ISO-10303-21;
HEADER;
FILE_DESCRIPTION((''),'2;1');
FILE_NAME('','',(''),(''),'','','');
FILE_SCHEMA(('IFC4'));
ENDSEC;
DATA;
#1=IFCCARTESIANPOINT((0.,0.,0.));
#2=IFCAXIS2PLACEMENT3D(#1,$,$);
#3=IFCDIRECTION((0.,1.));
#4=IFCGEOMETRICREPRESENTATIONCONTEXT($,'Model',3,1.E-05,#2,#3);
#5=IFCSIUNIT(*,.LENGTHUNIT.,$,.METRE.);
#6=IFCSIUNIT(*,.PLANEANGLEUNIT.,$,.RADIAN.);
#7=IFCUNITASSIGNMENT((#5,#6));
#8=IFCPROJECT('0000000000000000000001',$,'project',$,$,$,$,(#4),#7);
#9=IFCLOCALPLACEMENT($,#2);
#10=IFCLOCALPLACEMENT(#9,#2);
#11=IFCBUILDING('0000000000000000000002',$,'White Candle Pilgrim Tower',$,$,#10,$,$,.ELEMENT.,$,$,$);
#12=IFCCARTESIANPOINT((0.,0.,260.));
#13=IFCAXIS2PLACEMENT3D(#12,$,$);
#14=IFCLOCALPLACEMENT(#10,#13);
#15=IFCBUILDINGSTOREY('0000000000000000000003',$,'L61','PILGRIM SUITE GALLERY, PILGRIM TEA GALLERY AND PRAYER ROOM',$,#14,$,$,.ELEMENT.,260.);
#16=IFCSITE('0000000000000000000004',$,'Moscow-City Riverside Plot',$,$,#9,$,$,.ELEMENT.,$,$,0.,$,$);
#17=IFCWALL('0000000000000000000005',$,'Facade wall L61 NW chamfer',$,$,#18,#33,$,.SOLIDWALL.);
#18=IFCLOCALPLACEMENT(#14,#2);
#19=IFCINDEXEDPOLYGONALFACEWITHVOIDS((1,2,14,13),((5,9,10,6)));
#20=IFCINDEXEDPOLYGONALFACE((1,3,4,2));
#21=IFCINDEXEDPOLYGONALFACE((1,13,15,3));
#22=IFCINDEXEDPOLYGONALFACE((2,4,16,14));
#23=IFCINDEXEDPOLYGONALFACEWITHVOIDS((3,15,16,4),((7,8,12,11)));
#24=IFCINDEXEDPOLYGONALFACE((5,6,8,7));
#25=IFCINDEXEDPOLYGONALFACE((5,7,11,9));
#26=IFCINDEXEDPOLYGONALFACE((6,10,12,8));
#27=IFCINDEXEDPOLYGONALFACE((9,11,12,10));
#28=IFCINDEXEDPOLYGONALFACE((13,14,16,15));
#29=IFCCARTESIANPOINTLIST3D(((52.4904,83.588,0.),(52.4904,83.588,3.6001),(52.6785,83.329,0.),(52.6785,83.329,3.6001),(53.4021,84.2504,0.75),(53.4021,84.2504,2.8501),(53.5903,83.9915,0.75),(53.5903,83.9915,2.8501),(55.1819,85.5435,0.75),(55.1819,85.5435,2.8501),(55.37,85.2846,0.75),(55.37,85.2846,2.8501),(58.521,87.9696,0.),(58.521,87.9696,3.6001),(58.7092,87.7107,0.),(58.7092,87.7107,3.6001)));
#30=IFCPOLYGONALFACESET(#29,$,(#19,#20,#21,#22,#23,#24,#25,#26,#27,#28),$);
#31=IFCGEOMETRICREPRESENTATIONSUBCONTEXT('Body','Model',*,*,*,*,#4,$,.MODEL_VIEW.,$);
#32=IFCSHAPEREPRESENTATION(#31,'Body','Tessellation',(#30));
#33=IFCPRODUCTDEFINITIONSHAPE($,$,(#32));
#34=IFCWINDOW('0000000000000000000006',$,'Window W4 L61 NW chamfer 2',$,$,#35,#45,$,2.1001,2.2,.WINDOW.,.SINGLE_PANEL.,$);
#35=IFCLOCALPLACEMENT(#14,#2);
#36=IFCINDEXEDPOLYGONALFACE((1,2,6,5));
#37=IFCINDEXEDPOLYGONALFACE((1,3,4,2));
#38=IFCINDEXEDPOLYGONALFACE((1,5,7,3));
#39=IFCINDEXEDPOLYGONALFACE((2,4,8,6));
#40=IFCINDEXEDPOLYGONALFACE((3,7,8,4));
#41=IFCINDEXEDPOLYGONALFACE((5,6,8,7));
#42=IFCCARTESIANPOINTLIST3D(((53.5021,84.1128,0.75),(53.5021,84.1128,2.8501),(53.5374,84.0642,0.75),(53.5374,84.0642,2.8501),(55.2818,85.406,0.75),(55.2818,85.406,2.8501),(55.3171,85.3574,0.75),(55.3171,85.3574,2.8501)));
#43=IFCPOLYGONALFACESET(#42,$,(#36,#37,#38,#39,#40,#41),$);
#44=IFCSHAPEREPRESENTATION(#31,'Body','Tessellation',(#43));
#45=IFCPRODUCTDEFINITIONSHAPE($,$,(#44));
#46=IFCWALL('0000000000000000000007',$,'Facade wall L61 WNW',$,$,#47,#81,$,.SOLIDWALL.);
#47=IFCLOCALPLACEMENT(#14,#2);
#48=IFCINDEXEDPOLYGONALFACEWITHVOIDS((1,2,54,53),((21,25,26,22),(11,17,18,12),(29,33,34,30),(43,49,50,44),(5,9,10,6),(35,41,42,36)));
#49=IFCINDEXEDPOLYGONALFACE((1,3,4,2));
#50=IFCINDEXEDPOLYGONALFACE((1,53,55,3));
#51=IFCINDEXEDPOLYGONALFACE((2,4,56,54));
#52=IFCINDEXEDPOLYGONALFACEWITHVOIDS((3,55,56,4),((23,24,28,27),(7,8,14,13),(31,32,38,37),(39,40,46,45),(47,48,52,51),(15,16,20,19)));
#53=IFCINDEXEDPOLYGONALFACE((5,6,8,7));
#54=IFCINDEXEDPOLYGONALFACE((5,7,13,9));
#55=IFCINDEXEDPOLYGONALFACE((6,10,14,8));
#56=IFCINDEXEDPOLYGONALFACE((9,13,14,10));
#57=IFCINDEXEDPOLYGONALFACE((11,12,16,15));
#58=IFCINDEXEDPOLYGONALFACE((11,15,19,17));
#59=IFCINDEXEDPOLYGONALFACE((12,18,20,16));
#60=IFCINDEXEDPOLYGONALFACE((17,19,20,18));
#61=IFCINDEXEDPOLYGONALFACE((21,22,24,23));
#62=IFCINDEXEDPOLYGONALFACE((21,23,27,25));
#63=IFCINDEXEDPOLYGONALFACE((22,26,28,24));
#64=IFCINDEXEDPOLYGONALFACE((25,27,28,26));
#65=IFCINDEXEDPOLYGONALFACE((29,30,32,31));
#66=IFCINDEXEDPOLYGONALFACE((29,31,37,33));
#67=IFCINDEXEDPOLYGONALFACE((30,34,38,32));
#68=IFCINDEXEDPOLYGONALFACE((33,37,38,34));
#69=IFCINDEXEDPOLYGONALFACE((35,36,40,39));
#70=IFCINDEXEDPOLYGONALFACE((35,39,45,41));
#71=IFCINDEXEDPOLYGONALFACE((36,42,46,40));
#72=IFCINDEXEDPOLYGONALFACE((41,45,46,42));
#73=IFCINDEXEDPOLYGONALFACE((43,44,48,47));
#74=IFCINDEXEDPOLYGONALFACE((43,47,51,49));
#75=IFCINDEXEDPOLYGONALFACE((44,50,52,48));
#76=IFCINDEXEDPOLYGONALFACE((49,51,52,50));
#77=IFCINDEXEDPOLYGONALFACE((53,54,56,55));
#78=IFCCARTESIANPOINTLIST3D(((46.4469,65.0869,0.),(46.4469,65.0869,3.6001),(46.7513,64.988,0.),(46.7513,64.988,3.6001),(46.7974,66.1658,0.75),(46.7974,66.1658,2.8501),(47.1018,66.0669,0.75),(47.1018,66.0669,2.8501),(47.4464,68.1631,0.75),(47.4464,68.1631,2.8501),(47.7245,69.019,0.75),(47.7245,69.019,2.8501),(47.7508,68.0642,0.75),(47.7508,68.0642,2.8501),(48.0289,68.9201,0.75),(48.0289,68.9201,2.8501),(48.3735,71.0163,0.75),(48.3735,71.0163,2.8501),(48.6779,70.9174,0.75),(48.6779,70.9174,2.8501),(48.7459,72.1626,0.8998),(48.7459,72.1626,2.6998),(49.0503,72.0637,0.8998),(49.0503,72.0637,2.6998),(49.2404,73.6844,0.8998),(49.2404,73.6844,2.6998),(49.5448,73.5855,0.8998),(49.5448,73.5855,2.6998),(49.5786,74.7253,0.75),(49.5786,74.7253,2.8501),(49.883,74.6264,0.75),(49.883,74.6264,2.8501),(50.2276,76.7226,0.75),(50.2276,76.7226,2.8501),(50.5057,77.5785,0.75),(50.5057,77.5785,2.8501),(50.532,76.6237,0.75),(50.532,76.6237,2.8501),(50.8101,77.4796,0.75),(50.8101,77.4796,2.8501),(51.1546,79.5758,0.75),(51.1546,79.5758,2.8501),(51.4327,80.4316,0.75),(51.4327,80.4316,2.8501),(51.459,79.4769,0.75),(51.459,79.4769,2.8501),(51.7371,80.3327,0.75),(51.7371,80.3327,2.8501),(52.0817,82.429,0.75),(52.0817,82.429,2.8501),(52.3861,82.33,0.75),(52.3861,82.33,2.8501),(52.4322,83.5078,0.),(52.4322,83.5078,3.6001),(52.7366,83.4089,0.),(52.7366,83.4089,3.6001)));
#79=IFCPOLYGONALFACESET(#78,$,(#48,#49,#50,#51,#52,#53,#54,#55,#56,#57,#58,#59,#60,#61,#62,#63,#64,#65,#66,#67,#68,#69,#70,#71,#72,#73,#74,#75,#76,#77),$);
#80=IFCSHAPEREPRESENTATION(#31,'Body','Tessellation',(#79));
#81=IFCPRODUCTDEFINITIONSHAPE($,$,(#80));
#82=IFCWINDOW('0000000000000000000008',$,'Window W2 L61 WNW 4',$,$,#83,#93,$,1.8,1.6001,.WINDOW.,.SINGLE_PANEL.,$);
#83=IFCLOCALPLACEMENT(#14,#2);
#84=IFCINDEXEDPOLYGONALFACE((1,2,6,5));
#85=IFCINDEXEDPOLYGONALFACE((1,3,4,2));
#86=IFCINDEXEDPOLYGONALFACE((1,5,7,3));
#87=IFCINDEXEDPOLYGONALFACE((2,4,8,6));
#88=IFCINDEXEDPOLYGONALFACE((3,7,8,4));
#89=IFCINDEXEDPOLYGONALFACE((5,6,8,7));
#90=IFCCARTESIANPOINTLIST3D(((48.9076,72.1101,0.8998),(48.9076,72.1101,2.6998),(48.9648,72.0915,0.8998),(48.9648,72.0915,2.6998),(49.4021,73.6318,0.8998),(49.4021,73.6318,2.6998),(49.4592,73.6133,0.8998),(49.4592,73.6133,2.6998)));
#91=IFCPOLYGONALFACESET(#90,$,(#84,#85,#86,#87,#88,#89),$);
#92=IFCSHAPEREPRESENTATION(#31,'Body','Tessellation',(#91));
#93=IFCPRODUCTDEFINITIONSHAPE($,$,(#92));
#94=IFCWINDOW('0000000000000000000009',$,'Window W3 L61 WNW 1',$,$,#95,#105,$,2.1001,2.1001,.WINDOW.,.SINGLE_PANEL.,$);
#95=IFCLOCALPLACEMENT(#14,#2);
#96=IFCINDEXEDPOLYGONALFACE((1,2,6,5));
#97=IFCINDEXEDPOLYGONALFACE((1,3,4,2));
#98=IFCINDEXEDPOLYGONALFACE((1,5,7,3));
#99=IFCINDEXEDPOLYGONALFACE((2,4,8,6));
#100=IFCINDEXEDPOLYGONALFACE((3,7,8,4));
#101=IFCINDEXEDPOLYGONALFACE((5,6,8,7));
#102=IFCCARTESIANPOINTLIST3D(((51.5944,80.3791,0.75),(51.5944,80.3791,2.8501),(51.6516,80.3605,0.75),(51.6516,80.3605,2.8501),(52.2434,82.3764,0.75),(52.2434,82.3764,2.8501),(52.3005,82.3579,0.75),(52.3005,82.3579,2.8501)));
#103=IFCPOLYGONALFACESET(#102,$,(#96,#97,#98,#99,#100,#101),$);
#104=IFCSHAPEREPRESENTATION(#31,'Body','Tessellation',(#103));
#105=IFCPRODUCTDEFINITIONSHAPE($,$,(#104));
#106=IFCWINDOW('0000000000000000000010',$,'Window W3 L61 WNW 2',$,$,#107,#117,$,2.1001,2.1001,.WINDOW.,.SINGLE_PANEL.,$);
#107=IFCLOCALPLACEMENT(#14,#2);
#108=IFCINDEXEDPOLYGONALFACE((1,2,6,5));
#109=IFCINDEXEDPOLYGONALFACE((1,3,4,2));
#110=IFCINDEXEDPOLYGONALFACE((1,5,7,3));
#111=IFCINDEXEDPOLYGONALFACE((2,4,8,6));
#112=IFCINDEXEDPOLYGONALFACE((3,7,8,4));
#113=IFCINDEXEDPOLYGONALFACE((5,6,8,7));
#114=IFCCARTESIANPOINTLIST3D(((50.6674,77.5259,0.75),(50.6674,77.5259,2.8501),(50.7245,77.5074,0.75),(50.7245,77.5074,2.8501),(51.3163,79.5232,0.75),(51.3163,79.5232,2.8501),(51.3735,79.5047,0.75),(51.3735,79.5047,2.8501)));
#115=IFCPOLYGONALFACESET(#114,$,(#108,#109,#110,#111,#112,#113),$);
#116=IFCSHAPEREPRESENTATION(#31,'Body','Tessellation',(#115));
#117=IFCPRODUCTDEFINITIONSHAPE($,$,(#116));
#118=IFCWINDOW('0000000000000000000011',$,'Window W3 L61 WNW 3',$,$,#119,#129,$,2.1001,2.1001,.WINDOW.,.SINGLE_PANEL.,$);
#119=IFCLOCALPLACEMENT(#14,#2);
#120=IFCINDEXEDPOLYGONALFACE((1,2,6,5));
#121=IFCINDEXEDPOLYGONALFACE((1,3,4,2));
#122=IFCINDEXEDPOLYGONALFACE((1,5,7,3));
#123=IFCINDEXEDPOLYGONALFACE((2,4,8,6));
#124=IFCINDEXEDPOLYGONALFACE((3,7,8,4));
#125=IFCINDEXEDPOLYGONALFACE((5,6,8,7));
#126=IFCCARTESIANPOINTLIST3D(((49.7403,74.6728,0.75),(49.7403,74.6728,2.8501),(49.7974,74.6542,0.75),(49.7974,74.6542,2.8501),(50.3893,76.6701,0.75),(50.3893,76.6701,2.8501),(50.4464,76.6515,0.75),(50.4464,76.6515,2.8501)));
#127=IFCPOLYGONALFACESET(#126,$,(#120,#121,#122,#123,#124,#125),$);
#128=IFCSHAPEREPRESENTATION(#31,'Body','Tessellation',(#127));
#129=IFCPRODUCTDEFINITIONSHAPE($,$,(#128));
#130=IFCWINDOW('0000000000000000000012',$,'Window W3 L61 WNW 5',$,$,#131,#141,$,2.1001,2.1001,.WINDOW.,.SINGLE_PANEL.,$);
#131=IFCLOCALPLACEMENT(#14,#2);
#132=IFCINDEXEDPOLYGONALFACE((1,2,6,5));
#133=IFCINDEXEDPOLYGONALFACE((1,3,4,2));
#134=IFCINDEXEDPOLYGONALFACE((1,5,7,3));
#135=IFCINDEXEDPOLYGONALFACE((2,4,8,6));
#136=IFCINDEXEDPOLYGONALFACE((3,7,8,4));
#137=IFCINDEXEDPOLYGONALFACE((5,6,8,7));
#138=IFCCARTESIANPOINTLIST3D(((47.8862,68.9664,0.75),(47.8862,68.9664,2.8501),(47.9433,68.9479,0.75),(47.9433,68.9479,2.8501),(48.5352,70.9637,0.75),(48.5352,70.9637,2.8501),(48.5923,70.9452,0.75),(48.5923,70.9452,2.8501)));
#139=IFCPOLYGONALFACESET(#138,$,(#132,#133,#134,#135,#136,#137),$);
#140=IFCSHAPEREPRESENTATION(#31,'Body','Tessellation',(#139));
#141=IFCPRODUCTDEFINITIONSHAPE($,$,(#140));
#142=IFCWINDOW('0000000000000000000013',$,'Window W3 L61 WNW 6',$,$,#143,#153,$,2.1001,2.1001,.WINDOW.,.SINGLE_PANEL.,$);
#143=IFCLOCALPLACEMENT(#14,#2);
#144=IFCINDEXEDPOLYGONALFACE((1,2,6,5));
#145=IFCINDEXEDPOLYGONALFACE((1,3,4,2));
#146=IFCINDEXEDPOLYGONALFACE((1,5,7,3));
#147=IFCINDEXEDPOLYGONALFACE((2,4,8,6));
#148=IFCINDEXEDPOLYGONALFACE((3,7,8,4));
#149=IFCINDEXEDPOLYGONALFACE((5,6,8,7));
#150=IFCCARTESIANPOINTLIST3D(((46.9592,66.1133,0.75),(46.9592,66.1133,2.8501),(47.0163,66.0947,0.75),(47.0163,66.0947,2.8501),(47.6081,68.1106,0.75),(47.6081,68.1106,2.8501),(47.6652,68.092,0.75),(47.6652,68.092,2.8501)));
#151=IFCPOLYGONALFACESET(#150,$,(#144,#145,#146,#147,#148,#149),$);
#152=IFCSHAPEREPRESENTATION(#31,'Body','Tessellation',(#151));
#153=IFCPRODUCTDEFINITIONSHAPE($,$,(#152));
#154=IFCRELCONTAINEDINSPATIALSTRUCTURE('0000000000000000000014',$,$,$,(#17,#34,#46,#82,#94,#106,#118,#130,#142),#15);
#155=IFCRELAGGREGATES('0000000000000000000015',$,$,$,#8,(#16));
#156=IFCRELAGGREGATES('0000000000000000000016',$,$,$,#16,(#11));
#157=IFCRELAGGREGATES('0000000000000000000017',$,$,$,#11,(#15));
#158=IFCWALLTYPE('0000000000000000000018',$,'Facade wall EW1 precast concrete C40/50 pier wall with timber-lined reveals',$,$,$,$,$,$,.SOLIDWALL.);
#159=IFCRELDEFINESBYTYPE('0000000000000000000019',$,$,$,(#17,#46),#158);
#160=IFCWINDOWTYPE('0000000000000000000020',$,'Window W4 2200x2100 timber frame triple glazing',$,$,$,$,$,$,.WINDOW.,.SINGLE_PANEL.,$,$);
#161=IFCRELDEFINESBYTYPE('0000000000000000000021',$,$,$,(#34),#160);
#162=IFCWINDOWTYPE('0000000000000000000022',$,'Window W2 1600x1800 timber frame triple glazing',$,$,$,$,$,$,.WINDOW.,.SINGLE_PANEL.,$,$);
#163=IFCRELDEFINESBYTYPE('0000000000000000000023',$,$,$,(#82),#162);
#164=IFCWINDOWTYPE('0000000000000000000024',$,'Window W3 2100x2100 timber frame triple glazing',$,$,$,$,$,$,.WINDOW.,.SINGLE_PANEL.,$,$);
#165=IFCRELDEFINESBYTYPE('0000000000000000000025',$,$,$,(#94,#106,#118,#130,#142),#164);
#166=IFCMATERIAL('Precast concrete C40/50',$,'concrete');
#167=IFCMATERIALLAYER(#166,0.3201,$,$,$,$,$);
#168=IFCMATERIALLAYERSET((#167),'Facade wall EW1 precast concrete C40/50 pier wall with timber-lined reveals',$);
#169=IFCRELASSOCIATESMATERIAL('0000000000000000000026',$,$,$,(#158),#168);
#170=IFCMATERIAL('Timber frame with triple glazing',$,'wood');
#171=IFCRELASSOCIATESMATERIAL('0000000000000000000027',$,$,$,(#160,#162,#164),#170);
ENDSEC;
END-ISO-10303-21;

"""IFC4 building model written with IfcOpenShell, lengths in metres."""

from ifc_helpers import new_model, si_unit, direction, frame, frame_2d, origin, place, context, subcontext, project, spatial, rectangle, extrude, material, layer, layer_set, type_object, element, fill, save


model = new_model("IFC4")

# Units and contexts
model_context = context("Model", 3, precision=1e-05, world=origin(), true_north=direction((0.0, 1.0)))
body_context = subcontext(model_context, "Body", "Model", "MODEL_VIEW")
ifc_project = project(units=[si_unit("LENGTHUNIT", "METRE"), si_unit("PLANEANGLEUNIT", "RADIAN")], contexts=[model_context])

# Site, building, storey
site_placement = place(None, origin())
site = spatial("IfcSite", under=ifc_project, at=site_placement, Name="Moscow-City Riverside Plot", CompositionType="ELEMENT", RefElevation=0.0)
building_placement = place(site_placement, origin())
building = spatial("IfcBuilding", under=site, at=building_placement, Name="White Candle Pilgrim Tower", CompositionType="ELEMENT")
storey_placement = place(building_placement, frame((0.0, 0.0, 260.0)))
storey = spatial("IfcBuildingStorey", under=building, at=storey_placement, Name="L61", Description="PILGRIM SUITE GALLERY, PILGRIM TEA GALLERY AND PRAYER ROOM", CompositionType="ELEMENT", Elevation=260.0)

# Wall, opening, window
ifc_material_1 = material(Name="Precast concrete C40/50", Category="concrete")
ifc_layer_1 = layer(ifc_material_1, 0.3201)
ifc_layer_set_1 = layer_set([ifc_layer_1], Name="Facade wall EW1 precast concrete C40/50 pier wall with timber-lined reveals")
wall_type_1 = type_object("IfcWallType", Name="Facade wall EW1 precast concrete C40/50 pier wall with timber-lined reveals", PredefinedType="SOLIDWALL", material=ifc_layer_set_1)
wall_1_placement = place(storey_placement, frame((58.615, 87.8401, 0.0), z_axis=(0.0, 0.0, 1.0), x_axis=(-0.809007, -0.5878, 0.0)))
wall_1 = element("IfcWall", 1, at=wall_1_placement, inside=storey, type_object=wall_type_1, Name="Facade wall L61 NW chamfer", PredefinedType="SOLIDWALL", context=body_context, shape_type="SweptSolid", body=[
    extrude(rectangle(XDim=7.4543, YDim=0.3201, at=frame_2d((3.7271, 0.0))), origin(), (0.0, 0.0, 1.0), 3.6001),
])
opening_1_placement = place(wall_1_placement, frame((4.1272, 0.0, 0.75)))
opening_1 = element("IfcOpeningElement", 2, at=opening_1_placement, cuts=wall_1, PredefinedType="OPENING", context=body_context, shape_type="SweptSolid", body=[
    extrude(rectangle(XDim=2.2, YDim=2.1001, at=frame_2d((1.1001, 1.05))), frame((0.0, 0.1699, 0.0), z_axis=(0.0, -1.0, 0.0), x_axis=(1.0, 0.0, 0.0)), (0.0, 0.0, 1.0), 0.3401),
])
ifc_material_2 = material(Name="Timber frame with triple glazing", Category="wood")
window_type_1 = type_object("IfcWindowType", Name="Window W4 2200x2100 timber frame triple glazing", PartitioningType="SINGLE_PANEL", PredefinedType="WINDOW", material=ifc_material_2)
window_1_placement = place(opening_1_placement, origin())
window_1 = element("IfcWindow", 3, at=window_1_placement, inside=storey, type_object=window_type_1, Name="Window W4 L61 NW chamfer 2", OverallHeight=2.1001, OverallWidth=2.2, PartitioningType="SINGLE_PANEL", PredefinedType="WINDOW", context=body_context, shape_type="SweptSolid", body=[
    extrude(rectangle(XDim=2.2, YDim=2.1001, at=frame_2d((1.1001, 1.05))), frame((0.0, 0.0701, 0.0), z_axis=(0.0, -1.0, 0.0), x_axis=(1.0, 0.0, 0.0)), (0.0, 0.0, 1.0), 0.0601),
])
fill(opening_1, window_1)

# Wall, openings, windows
wall_2_placement = place(storey_placement, frame((52.5845, 83.4585, 0.0), z_axis=(0.0, 0.0, 1.0), x_axis=(-0.309019, -0.951056, 0.0)))
wall_2 = element("IfcWall", 4, at=wall_2_placement, inside=storey, type_object=wall_type_1, Name="Facade wall L61 WNW", PredefinedType="SOLIDWALL", context=body_context, shape_type="SweptSolid", body=[
    extrude(rectangle(XDim=19.3689, YDim=0.3201, at=frame_2d((9.6846, 0.0))), origin(), (0.0, 0.0, 1.0), 3.6001),
])
opening_2_placement = place(wall_2_placement, frame((1.1345, 0.0, 0.75)))
opening_2 = element("IfcOpeningElement", 5, at=opening_2_placement, cuts=wall_2, PredefinedType="OPENING", context=body_context, shape_type="SweptSolid", body=[
    extrude(rectangle(XDim=2.1001, YDim=2.1001, at=frame_2d((1.05, 1.05))), frame((0.0, 0.1699, 0.0), z_axis=(0.0, -1.0, 0.0), x_axis=(1.0, 0.0, 0.0)), (0.0, 0.0, 1.0), 0.3401),
])
opening_3_placement = place(wall_2_placement, frame((4.1345, 0.0, 0.75)))
opening_3 = element("IfcOpeningElement", 6, at=opening_3_placement, cuts=wall_2, PredefinedType="OPENING", context=body_context, shape_type="SweptSolid", body=[
    extrude(rectangle(XDim=2.1001, YDim=2.1001, at=frame_2d((1.05, 1.05))), frame((0.0, 0.1699, 0.0), z_axis=(0.0, -1.0, 0.0), x_axis=(1.0, 0.0, 0.0)), (0.0, 0.0, 1.0), 0.3401),
])
opening_4_placement = place(wall_2_placement, frame((7.1345, 0.0, 0.75)))
opening_4 = element("IfcOpeningElement", 7, at=opening_4_placement, cuts=wall_2, PredefinedType="OPENING", context=body_context, shape_type="SweptSolid", body=[
    extrude(rectangle(XDim=2.1001, YDim=2.1001, at=frame_2d((1.05, 1.05))), frame((0.0, 0.1699, 0.0), z_axis=(0.0, -1.0, 0.0), x_axis=(1.0, 0.0, 0.0)), (0.0, 0.0, 1.0), 0.3401),
])
opening_5_placement = place(wall_2_placement, frame((10.3291, 0.0, 0.8999)))
opening_5 = element("IfcOpeningElement", 8, at=opening_5_placement, cuts=wall_2, PredefinedType="OPENING", context=body_context, shape_type="SweptSolid", body=[
    extrude(rectangle(XDim=1.6001, YDim=1.8, at=frame_2d((0.8, 0.8999))), frame((0.0, 0.1699, 0.0), z_axis=(0.0, -1.0, 0.0), x_axis=(1.0, 0.0, 0.0)), (0.0, 0.0, 1.0), 0.3401),
])
opening_6_placement = place(wall_2_placement, frame((13.1345, 0.0, 0.75)))
opening_6 = element("IfcOpeningElement", 9, at=opening_6_placement, cuts=wall_2, PredefinedType="OPENING", context=body_context, shape_type="SweptSolid", body=[
    extrude(rectangle(XDim=2.1001, YDim=2.1001, at=frame_2d((1.05, 1.05))), frame((0.0, 0.1699, 0.0), z_axis=(0.0, -1.0, 0.0), x_axis=(1.0, 0.0, 0.0)), (0.0, 0.0, 1.0), 0.3401),
])
opening_7_placement = place(wall_2_placement, frame((16.1345, 0.0, 0.75)))
opening_7 = element("IfcOpeningElement", 10, at=opening_7_placement, cuts=wall_2, PredefinedType="OPENING", context=body_context, shape_type="SweptSolid", body=[
    extrude(rectangle(XDim=2.1001, YDim=2.1001, at=frame_2d((1.05, 1.05))), frame((0.0, 0.1699, 0.0), z_axis=(0.0, -1.0, 0.0), x_axis=(1.0, 0.0, 0.0)), (0.0, 0.0, 1.0), 0.3401),
])
window_type_2 = type_object("IfcWindowType", Name="Window W2 1600x1800 timber frame triple glazing", PartitioningType="SINGLE_PANEL", PredefinedType="WINDOW", material=ifc_material_2)
window_2_placement = place(opening_5_placement, origin())
window_2 = element("IfcWindow", 11, at=window_2_placement, inside=storey, type_object=window_type_2, Name="Window W2 L61 WNW 4", OverallHeight=1.8, OverallWidth=1.6001, PartitioningType="SINGLE_PANEL", PredefinedType="WINDOW", context=body_context, shape_type="SweptSolid", body=[
    extrude(rectangle(XDim=1.6001, YDim=1.8, at=frame_2d((0.8, 0.8999))), frame((0.0, 0.0701, 0.0), z_axis=(0.0, -1.0, 0.0), x_axis=(1.0, 0.0, 0.0)), (0.0, 0.0, 1.0), 0.0601),
])
fill(opening_5, window_2)
window_type_3 = type_object("IfcWindowType", Name="Window W3 2100x2100 timber frame triple glazing", PartitioningType="SINGLE_PANEL", PredefinedType="WINDOW", material=ifc_material_2)
window_3_placement = place(opening_2_placement, origin())
window_3 = element("IfcWindow", 12, at=window_3_placement, inside=storey, type_object=window_type_3, Name="Window W3 L61 WNW 1", OverallHeight=2.1001, OverallWidth=2.1001, PartitioningType="SINGLE_PANEL", PredefinedType="WINDOW", context=body_context, shape_type="SweptSolid", body=[
    extrude(rectangle(XDim=2.1001, YDim=2.1001, at=frame_2d((1.05, 1.05))), frame((0.0, 0.0701, 0.0), z_axis=(0.0, -1.0, 0.0), x_axis=(1.0, 0.0, 0.0)), (0.0, 0.0, 1.0), 0.0601),
])
fill(opening_2, window_3)
window_4_placement = place(opening_3_placement, origin())
window_4 = element("IfcWindow", 13, at=window_4_placement, inside=storey, type_object=window_type_3, Name="Window W3 L61 WNW 2", OverallHeight=2.1001, OverallWidth=2.1001, PartitioningType="SINGLE_PANEL", PredefinedType="WINDOW", context=body_context, shape_type="SweptSolid", body=[
    extrude(rectangle(XDim=2.1001, YDim=2.1001, at=frame_2d((1.05, 1.05))), frame((0.0, 0.0701, 0.0), z_axis=(0.0, -1.0, 0.0), x_axis=(1.0, 0.0, 0.0)), (0.0, 0.0, 1.0), 0.0601),
])
fill(opening_3, window_4)
window_5_placement = place(opening_4_placement, origin())
window_5 = element("IfcWindow", 14, at=window_5_placement, inside=storey, type_object=window_type_3, Name="Window W3 L61 WNW 3", OverallHeight=2.1001, OverallWidth=2.1001, PartitioningType="SINGLE_PANEL", PredefinedType="WINDOW", context=body_context, shape_type="SweptSolid", body=[
    extrude(rectangle(XDim=2.1001, YDim=2.1001, at=frame_2d((1.05, 1.05))), frame((0.0, 0.0701, 0.0), z_axis=(0.0, -1.0, 0.0), x_axis=(1.0, 0.0, 0.0)), (0.0, 0.0, 1.0), 0.0601),
])
fill(opening_4, window_5)
window_6_placement = place(opening_6_placement, origin())
window_6 = element("IfcWindow", 15, at=window_6_placement, inside=storey, type_object=window_type_3, Name="Window W3 L61 WNW 5", OverallHeight=2.1001, OverallWidth=2.1001, PartitioningType="SINGLE_PANEL", PredefinedType="WINDOW", context=body_context, shape_type="SweptSolid", body=[
    extrude(rectangle(XDim=2.1001, YDim=2.1001, at=frame_2d((1.05, 1.05))), frame((0.0, 0.0701, 0.0), z_axis=(0.0, -1.0, 0.0), x_axis=(1.0, 0.0, 0.0)), (0.0, 0.0, 1.0), 0.0601),
])
fill(opening_6, window_6)
window_7_placement = place(opening_7_placement, origin())
window_7 = element("IfcWindow", 16, at=window_7_placement, inside=storey, type_object=window_type_3, Name="Window W3 L61 WNW 6", OverallHeight=2.1001, OverallWidth=2.1001, PartitioningType="SINGLE_PANEL", PredefinedType="WINDOW", context=body_context, shape_type="SweptSolid", body=[
    extrude(rectangle(XDim=2.1001, YDim=2.1001, at=frame_2d((1.05, 1.05))), frame((0.0, 0.0701, 0.0), z_axis=(0.0, -1.0, 0.0), x_axis=(1.0, 0.0, 0.0)), (0.0, 0.0, 1.0), 0.0601),
])
fill(opening_7, window_7)

save(model, "model.ifc")
